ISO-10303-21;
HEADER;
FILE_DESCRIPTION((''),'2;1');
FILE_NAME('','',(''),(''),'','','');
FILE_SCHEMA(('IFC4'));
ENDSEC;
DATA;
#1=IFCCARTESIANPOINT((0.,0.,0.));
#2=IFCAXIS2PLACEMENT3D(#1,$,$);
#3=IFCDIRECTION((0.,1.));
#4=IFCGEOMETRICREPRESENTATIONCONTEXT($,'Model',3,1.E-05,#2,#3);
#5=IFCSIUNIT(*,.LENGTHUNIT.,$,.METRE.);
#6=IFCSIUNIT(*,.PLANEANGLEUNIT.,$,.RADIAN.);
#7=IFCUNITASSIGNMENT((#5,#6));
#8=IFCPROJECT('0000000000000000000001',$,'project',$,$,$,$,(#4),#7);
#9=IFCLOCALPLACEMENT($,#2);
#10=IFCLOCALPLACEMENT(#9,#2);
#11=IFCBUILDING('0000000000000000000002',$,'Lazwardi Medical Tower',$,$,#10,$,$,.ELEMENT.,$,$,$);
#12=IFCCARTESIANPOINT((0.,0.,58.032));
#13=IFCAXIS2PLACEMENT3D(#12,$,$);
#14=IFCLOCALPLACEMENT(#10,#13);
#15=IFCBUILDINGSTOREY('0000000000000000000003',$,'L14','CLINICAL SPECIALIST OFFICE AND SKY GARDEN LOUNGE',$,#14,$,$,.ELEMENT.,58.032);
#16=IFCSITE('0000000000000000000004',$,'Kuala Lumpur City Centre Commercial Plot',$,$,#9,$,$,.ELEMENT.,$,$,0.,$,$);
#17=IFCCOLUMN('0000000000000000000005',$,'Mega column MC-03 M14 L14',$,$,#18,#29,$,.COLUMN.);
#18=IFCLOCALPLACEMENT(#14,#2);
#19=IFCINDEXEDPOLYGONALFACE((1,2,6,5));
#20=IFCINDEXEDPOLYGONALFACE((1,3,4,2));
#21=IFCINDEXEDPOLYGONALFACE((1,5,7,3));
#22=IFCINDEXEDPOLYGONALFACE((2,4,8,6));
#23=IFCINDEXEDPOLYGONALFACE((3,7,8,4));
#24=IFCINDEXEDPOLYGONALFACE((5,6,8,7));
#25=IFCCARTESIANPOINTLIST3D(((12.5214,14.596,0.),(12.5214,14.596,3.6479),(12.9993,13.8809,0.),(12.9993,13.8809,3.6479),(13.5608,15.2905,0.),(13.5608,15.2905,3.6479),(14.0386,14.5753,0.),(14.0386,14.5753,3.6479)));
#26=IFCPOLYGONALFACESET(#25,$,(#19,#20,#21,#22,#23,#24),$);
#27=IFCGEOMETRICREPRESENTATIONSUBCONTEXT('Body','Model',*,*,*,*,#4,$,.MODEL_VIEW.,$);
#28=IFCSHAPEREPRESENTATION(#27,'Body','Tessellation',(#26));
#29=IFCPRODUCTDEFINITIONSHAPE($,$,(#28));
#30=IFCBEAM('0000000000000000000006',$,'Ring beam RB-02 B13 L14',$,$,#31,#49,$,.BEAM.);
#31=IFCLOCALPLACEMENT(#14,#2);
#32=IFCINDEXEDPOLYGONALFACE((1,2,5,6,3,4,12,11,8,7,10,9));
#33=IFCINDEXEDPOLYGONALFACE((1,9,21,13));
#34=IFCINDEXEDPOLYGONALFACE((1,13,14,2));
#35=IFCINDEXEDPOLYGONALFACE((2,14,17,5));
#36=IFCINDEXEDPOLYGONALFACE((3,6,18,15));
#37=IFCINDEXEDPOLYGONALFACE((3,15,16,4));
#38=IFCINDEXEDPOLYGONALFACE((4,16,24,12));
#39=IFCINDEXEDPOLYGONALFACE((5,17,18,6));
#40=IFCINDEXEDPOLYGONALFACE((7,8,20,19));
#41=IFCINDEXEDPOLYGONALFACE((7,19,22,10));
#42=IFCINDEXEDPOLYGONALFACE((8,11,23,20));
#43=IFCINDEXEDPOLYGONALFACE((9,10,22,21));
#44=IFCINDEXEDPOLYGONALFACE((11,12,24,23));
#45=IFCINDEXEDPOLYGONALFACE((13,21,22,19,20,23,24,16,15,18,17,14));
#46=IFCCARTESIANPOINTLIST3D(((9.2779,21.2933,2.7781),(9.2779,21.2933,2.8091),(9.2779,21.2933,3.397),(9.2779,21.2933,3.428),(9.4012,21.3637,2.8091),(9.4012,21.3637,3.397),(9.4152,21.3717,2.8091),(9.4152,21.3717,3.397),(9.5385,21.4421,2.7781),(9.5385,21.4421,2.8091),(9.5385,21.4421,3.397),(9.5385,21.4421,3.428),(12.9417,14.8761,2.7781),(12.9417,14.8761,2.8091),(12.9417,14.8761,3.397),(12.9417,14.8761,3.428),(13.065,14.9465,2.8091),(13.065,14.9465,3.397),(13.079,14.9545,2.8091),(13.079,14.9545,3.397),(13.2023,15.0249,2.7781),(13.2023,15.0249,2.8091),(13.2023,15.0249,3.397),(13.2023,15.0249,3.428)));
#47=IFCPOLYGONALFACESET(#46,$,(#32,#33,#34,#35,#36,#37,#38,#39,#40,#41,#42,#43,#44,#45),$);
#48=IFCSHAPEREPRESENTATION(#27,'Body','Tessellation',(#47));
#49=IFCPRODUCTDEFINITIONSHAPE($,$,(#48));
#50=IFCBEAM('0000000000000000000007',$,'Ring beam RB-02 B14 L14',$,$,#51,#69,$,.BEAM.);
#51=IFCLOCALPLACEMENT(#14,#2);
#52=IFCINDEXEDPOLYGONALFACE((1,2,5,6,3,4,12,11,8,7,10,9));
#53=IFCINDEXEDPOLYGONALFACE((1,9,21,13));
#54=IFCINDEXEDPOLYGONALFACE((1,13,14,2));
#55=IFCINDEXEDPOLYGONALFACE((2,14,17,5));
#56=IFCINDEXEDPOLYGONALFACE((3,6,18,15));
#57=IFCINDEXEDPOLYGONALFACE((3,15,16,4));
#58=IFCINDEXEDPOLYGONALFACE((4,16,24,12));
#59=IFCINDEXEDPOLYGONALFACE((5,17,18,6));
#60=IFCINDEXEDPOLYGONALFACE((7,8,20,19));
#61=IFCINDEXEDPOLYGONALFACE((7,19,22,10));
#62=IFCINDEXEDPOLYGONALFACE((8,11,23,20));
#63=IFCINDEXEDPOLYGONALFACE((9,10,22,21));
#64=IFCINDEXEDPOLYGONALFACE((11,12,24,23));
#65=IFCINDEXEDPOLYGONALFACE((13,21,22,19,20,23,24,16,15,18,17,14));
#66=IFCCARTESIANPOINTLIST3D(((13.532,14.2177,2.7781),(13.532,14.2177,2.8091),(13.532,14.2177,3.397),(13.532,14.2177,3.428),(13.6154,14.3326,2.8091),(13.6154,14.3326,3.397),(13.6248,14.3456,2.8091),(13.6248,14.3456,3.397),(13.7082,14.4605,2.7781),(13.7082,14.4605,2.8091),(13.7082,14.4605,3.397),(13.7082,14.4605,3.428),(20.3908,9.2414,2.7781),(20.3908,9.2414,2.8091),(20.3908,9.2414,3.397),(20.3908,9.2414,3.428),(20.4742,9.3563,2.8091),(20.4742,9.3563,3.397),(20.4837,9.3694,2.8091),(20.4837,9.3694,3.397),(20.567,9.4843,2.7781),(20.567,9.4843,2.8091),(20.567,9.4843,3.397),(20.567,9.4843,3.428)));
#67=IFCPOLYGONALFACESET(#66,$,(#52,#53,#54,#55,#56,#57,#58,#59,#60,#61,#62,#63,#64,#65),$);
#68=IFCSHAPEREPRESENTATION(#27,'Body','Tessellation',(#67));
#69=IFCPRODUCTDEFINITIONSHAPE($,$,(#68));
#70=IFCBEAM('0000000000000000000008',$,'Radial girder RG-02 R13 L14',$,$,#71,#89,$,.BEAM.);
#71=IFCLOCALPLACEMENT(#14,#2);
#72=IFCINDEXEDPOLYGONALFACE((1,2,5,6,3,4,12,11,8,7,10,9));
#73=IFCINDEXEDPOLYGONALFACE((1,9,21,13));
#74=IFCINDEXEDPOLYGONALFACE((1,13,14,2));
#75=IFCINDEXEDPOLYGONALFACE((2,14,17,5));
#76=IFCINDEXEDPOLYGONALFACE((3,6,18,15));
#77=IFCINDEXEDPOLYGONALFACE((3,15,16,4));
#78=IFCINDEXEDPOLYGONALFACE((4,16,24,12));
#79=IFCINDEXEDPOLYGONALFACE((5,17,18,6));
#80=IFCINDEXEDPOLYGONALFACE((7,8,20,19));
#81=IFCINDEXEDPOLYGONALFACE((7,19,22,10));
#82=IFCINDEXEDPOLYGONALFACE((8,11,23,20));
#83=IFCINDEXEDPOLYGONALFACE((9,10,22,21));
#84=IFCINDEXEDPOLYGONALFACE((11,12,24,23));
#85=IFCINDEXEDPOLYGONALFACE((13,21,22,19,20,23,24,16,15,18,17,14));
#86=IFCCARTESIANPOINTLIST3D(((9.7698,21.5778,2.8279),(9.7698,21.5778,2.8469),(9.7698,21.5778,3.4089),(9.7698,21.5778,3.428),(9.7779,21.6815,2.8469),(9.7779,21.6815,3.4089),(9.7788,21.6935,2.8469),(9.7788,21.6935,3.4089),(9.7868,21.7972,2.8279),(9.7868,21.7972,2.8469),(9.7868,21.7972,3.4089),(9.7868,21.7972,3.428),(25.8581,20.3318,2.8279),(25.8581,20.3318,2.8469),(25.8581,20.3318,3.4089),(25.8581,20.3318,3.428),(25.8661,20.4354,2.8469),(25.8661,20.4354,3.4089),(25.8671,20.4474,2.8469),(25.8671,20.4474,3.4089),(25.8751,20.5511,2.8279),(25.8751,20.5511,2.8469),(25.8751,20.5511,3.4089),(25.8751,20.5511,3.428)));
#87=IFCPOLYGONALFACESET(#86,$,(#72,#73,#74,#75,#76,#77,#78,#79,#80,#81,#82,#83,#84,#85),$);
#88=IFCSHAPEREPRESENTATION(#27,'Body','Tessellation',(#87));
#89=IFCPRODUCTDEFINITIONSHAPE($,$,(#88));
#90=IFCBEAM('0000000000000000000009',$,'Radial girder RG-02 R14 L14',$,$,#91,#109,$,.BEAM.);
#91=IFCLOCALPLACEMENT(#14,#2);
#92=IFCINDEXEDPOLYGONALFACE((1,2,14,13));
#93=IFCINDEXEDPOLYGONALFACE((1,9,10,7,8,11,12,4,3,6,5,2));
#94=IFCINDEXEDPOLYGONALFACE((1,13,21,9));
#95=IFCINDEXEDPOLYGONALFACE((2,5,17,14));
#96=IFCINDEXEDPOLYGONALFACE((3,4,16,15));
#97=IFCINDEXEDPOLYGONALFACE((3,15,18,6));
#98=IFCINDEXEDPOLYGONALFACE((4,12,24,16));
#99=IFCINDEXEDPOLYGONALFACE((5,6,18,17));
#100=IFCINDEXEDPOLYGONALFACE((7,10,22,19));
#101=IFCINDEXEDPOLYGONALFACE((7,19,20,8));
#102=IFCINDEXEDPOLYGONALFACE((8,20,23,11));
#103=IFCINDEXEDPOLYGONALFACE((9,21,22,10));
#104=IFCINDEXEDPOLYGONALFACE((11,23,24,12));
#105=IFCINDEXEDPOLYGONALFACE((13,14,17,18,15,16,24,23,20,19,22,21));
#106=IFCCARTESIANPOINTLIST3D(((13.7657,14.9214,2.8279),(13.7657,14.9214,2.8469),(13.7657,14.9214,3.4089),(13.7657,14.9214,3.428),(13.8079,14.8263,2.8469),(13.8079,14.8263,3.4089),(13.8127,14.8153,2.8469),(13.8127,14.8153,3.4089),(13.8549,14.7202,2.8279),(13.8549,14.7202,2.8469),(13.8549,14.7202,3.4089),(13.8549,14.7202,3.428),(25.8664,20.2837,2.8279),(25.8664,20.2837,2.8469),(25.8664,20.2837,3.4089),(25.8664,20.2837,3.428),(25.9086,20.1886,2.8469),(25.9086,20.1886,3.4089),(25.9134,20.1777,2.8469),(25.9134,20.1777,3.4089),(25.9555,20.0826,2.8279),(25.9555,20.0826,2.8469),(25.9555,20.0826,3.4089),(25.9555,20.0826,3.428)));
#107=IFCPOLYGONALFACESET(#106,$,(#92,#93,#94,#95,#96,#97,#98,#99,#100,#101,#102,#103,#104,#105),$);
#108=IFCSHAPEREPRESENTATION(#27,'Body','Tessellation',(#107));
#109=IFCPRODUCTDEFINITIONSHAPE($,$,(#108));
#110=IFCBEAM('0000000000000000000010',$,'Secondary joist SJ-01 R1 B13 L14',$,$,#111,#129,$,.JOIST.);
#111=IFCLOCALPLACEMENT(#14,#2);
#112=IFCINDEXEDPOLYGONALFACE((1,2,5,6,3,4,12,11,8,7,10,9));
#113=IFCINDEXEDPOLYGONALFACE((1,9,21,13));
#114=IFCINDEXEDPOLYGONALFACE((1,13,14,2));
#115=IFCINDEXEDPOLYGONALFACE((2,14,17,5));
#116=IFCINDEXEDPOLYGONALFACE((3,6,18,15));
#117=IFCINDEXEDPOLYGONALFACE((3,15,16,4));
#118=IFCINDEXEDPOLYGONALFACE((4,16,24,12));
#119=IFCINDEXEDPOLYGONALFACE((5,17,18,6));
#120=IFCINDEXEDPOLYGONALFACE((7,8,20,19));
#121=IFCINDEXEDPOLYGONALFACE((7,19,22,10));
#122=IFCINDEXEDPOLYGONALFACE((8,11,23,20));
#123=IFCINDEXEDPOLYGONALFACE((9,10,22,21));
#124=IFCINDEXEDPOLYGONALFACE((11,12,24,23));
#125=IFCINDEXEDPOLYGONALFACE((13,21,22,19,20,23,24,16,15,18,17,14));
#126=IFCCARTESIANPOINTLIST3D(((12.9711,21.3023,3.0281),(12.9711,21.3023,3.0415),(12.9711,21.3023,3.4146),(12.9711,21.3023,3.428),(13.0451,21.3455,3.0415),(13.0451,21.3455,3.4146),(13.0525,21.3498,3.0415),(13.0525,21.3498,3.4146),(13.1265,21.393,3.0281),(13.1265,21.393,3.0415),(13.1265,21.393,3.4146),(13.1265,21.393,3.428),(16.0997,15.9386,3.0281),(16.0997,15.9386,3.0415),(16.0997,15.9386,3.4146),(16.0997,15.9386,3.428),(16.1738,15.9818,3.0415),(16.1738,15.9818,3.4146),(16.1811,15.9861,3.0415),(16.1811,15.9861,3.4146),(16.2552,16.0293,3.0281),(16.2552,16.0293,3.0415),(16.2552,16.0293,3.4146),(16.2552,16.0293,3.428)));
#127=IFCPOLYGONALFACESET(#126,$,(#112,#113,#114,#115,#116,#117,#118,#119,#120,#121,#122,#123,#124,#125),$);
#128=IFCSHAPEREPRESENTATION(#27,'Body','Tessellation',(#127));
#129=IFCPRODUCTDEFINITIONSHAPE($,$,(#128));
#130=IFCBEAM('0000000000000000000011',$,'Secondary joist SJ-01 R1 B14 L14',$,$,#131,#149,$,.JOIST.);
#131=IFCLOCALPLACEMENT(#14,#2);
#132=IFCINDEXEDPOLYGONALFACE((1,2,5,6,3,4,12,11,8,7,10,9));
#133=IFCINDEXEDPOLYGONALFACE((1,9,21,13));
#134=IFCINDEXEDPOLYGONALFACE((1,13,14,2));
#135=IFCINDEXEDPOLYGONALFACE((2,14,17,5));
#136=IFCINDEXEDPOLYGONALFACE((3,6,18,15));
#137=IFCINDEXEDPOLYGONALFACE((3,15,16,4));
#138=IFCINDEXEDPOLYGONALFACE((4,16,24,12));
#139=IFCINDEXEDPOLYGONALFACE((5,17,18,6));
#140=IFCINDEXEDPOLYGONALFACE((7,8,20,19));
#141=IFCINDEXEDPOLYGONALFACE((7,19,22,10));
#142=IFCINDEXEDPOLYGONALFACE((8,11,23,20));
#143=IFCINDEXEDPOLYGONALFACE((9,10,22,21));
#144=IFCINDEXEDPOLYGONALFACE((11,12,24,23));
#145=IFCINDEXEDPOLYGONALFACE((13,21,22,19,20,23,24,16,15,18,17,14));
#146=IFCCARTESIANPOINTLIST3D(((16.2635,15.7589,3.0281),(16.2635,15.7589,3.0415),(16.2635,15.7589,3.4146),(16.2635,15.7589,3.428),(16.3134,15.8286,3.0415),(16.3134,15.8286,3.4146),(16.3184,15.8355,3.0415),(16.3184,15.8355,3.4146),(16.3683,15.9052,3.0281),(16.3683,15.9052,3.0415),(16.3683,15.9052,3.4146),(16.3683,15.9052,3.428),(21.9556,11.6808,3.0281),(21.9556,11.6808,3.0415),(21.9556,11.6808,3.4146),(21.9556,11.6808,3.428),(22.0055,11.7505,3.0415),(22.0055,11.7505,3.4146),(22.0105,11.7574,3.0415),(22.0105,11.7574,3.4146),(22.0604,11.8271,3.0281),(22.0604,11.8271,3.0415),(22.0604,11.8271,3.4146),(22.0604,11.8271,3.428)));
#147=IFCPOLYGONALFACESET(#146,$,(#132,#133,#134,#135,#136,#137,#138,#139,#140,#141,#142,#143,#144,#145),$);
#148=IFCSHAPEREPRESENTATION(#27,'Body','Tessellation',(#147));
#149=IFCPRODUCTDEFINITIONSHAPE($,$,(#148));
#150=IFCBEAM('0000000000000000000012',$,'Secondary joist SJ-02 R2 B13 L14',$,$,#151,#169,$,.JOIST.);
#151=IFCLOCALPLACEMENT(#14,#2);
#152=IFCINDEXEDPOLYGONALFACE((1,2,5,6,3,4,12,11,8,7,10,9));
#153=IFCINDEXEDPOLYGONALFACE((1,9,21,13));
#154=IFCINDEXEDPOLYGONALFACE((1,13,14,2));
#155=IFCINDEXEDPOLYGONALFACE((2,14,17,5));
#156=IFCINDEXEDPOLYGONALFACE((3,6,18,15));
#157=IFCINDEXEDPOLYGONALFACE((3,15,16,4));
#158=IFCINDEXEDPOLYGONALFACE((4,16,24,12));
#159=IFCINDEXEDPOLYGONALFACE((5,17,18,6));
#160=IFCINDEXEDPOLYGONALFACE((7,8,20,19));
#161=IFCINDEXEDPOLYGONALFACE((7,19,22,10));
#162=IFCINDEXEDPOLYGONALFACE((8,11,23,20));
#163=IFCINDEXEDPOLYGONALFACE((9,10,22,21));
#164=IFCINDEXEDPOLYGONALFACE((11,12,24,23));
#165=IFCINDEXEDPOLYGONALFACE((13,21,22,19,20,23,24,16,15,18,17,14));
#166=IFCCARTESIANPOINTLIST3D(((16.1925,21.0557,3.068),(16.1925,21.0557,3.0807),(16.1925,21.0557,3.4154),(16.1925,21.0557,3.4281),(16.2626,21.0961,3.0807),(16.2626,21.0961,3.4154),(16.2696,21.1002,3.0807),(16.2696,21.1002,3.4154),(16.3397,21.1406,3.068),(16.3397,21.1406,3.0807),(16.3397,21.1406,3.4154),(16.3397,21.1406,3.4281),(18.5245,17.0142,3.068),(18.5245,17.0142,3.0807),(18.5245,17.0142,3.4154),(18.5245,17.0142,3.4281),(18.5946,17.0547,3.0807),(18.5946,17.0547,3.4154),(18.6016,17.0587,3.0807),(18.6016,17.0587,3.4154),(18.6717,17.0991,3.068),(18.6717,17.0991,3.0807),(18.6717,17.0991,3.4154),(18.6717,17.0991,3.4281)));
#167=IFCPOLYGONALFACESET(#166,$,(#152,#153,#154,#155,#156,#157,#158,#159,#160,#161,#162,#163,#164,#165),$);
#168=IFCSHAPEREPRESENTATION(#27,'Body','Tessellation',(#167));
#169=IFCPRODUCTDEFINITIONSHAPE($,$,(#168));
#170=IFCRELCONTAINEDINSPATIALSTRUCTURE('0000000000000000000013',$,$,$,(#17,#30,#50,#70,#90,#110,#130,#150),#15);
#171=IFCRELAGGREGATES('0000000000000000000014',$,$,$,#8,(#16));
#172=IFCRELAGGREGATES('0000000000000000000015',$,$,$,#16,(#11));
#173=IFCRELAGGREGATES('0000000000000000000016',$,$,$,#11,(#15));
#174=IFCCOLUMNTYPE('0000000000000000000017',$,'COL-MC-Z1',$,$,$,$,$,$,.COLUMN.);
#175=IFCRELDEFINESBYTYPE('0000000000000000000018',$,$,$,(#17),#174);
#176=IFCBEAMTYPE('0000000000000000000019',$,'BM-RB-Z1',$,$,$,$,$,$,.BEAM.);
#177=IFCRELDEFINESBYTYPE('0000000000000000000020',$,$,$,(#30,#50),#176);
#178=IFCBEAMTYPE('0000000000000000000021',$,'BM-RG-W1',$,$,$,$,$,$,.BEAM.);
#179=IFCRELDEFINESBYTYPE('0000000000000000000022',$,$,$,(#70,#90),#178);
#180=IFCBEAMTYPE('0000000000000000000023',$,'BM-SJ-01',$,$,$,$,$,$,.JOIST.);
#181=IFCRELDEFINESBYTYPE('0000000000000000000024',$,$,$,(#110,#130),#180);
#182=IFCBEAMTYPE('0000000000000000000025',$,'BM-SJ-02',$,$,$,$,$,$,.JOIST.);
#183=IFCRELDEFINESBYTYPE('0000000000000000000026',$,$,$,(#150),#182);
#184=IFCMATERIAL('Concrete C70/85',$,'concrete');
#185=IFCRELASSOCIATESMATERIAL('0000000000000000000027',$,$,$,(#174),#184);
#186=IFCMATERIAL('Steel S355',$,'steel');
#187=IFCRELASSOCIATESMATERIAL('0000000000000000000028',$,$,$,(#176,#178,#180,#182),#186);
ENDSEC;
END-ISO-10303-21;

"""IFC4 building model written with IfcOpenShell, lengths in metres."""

from ifc_helpers import new_model, si_unit, direction, frame, origin, origin_2d, place, context, subcontext, project, spatial, rectangle, i_section, extrude, material, material_profile, profile_set, type_object, element, save


model = new_model("IFC4")

# Units and contexts
model_context = context("Model", 3, precision=1e-05, world=origin(), true_north=direction((0.0, 1.0)))
body_context = subcontext(model_context, "Body", "Model", "MODEL_VIEW")
ifc_project = project(units=[si_unit("LENGTHUNIT", "METRE"), si_unit("PLANEANGLEUNIT", "RADIAN")], contexts=[model_context])

# Site, building, storey
site_placement = place(None, origin())
site = spatial("IfcSite", under=ifc_project, at=site_placement, Name="Kuala Lumpur City Centre Commercial Plot", CompositionType="ELEMENT", RefElevation=0.0)
building_placement = place(site_placement, origin())
building = spatial("IfcBuilding", under=site, at=building_placement, Name="Lazwardi Medical Tower", CompositionType="ELEMENT")
storey_placement = place(building_placement, frame((0.0, 0.0, 58.032)))
storey = spatial("IfcBuildingStorey", under=building, at=storey_placement, Name="L14", Description="CLINICAL SPECIALIST OFFICE AND SKY GARDEN LOUNGE", CompositionType="ELEMENT", Elevation=58.032)

# Column
ifc_material_1 = material(Name="Concrete C70/85", Category="concrete")
ifc_material_profile_1 = material_profile(ifc_material_1, rectangle(XDim=1.25, YDim=0.8601, at=origin_2d()), Name="CFT-RECT 1250x860")
ifc_profile_set_1 = profile_set([ifc_material_profile_1], Name="Concrete C70/85")
column_type = type_object("IfcColumnType", Name="COL-MC-Z1", PredefinedType="COLUMN", material=ifc_profile_set_1)
column_placement = place(storey_placement, frame((13.28, 14.5857, 0.0), z_axis=(0.0, 0.0, 1.0), x_axis=(-0.83147, -0.55557, 0.0)))
element("IfcColumn", 1, at=column_placement, inside=storey, type_object=column_type, Name="Mega column MC-03 M14 L14", PredefinedType="COLUMN", context=body_context, shape_type="SweptSolid", body=[
    extrude(rectangle(XDim=1.25, YDim=0.8601, at=origin_2d()), origin(), (0.0, 0.0, 1.0), 3.6479),
])

# Beams
ifc_material_2 = material(Name="Steel S355", Category="steel")
ifc_material_profile_2 = material_profile(ifc_material_2, i_section(OverallWidth=0.3, OverallDepth=0.6499, WebThickness=0.0161, FlangeThickness=0.031, at=origin_2d()), Name="HEB 650")
ifc_profile_set_2 = profile_set([ifc_material_profile_2], Name="Steel S355")
beam_type_1 = type_object("IfcBeamType", Name="BM-RB-Z1", PredefinedType="BEAM", material=ifc_profile_set_2)
beam_1_placement = place(storey_placement, frame((9.4082, 21.3677, 3.103), z_axis=(0.495815, -0.868428, 0.0), x_axis=(0.868428, 0.495815, 0.0)))
element("IfcBeam", 2, at=beam_1_placement, inside=storey, type_object=beam_type_1, Name="Ring beam RB-02 B13 L14", PredefinedType="BEAM", context=body_context, shape_type="SweptSolid", body=[
    extrude(i_section(OverallWidth=0.3, OverallDepth=0.6499, WebThickness=0.0161, FlangeThickness=0.031, at=origin_2d()), origin(), (0.0, 0.0, 1.0), 7.3894),
])
beam_2_placement = place(storey_placement, frame((13.6201, 14.3391, 3.103), z_axis=(0.809407, -0.587248, 0.0), x_axis=(0.587248, 0.809407, 0.0)))
element("IfcBeam", 3, at=beam_2_placement, inside=storey, type_object=beam_type_1, Name="Ring beam RB-02 B14 L14", PredefinedType="BEAM", context=body_context, shape_type="SweptSolid", body=[
    extrude(i_section(OverallWidth=0.3, OverallDepth=0.6499, WebThickness=0.0161, FlangeThickness=0.031, at=origin_2d()), origin(), (0.0, 0.0, 1.0), 8.4739),
])
ifc_material_profile_3 = material_profile(ifc_material_2, i_section(OverallWidth=0.22, OverallDepth=0.6001, WebThickness=0.012, FlangeThickness=0.019, at=origin_2d()), Name="IPE 600")
ifc_profile_set_3 = profile_set([ifc_material_profile_3], Name="Steel S355")
beam_type_2 = type_object("IfcBeamType", Name="BM-RG-W1", PredefinedType="BEAM", material=ifc_profile_set_3)
beam_3_placement = place(storey_placement, frame((9.7783, 21.6875, 3.1279), z_axis=(0.997014, -0.077222, 0.0), x_axis=(0.077222, 0.997014, 0.0)))
element("IfcBeam", 4, at=beam_3_placement, inside=storey, type_object=beam_type_2, Name="Radial girder RG-02 R13 L14", PredefinedType="BEAM", context=body_context, shape_type="SweptSolid", body=[
    extrude(i_section(OverallWidth=0.22, OverallDepth=0.6001, WebThickness=0.012, FlangeThickness=0.019, at=origin_2d()), origin(), (0.0, 0.0, 1.0), 16.1365),
])
beam_4_placement = place(storey_placement, frame((13.8103, 14.8208, 3.1279), z_axis=(0.914252, 0.405146, 0.0), x_axis=(-0.405146, 0.914252, 0.0)))
element("IfcBeam", 5, at=beam_4_placement, inside=storey, type_object=beam_type_2, Name="Radial girder RG-02 R14 L14", PredefinedType="BEAM", context=body_context, shape_type="SweptSolid", body=[
    extrude(i_section(OverallWidth=0.22, OverallDepth=0.6001, WebThickness=0.012, FlangeThickness=0.019, at=origin_2d()), origin(), (0.0, 0.0, 1.0), 13.2356),
])
ifc_material_profile_4 = material_profile(ifc_material_2, i_section(OverallWidth=0.1799, OverallDepth=0.3999, WebThickness=0.0085, FlangeThickness=0.0134, at=origin_2d()), Name="IPE 400")
ifc_profile_set_4 = profile_set([ifc_material_profile_4], Name="Steel S355")
beam_type_3 = type_object("IfcBeamType", Name="BM-SJ-01", PredefinedType="JOIST", material=ifc_profile_set_4)
beam_5_placement = place(storey_placement, frame((13.0488, 21.3477, 3.228), z_axis=(0.503847, -0.863793, 0.0), x_axis=(0.863793, 0.503847, 0.0)))
element("IfcBeam", 6, at=beam_5_placement, inside=storey, type_object=beam_type_3, Name="Secondary joist SJ-01 R1 B13 L14", PredefinedType="JOIST", context=body_context, shape_type="SweptSolid", body=[
    extrude(i_section(OverallWidth=0.1799, OverallDepth=0.3999, WebThickness=0.0085, FlangeThickness=0.0134, at=origin_2d()), origin(), (0.0, 0.0, 1.0), 6.2095),
])
beam_6_placement = place(storey_placement, frame((16.3159, 15.832, 3.228), z_axis=(0.812901, -0.582402, 0.0), x_axis=(0.582402, 0.812901, 0.0)))
element("IfcBeam", 7, at=beam_6_placement, inside=storey, type_object=beam_type_3, Name="Secondary joist SJ-01 R1 B14 L14", PredefinedType="JOIST", context=body_context, shape_type="SweptSolid", body=[
    extrude(i_section(OverallWidth=0.1799, OverallDepth=0.3999, WebThickness=0.0085, FlangeThickness=0.0134, at=origin_2d()), origin(), (0.0, 0.0, 1.0), 7.0022),
])
ifc_material_profile_5 = material_profile(ifc_material_2, i_section(OverallWidth=0.1699, OverallDepth=0.3601, WebThickness=0.0081, FlangeThickness=0.0127, at=origin_2d()), Name="IPE 360")
ifc_profile_set_5 = profile_set([ifc_material_profile_5], Name="Steel S355")
beam_type_4 = type_object("IfcBeamType", Name="BM-SJ-02", PredefinedType="JOIST", material=ifc_profile_set_5)
beam_7_placement = place(storey_placement, frame((16.2661, 21.0981, 3.248), z_axis=(0.499786, -0.866149, 0.0), x_axis=(0.866149, 0.499786, 0.0)))
element("IfcBeam", 8, at=beam_7_placement, inside=storey, type_object=beam_type_4, Name="Secondary joist SJ-02 R2 B13 L14", PredefinedType="JOIST", context=body_context, shape_type="SweptSolid", body=[
    extrude(i_section(OverallWidth=0.1699, OverallDepth=0.3601, WebThickness=0.0081, FlangeThickness=0.0127, at=origin_2d()), origin(), (0.0, 0.0, 1.0), 4.666),
])

save(model, "model.ifc")
